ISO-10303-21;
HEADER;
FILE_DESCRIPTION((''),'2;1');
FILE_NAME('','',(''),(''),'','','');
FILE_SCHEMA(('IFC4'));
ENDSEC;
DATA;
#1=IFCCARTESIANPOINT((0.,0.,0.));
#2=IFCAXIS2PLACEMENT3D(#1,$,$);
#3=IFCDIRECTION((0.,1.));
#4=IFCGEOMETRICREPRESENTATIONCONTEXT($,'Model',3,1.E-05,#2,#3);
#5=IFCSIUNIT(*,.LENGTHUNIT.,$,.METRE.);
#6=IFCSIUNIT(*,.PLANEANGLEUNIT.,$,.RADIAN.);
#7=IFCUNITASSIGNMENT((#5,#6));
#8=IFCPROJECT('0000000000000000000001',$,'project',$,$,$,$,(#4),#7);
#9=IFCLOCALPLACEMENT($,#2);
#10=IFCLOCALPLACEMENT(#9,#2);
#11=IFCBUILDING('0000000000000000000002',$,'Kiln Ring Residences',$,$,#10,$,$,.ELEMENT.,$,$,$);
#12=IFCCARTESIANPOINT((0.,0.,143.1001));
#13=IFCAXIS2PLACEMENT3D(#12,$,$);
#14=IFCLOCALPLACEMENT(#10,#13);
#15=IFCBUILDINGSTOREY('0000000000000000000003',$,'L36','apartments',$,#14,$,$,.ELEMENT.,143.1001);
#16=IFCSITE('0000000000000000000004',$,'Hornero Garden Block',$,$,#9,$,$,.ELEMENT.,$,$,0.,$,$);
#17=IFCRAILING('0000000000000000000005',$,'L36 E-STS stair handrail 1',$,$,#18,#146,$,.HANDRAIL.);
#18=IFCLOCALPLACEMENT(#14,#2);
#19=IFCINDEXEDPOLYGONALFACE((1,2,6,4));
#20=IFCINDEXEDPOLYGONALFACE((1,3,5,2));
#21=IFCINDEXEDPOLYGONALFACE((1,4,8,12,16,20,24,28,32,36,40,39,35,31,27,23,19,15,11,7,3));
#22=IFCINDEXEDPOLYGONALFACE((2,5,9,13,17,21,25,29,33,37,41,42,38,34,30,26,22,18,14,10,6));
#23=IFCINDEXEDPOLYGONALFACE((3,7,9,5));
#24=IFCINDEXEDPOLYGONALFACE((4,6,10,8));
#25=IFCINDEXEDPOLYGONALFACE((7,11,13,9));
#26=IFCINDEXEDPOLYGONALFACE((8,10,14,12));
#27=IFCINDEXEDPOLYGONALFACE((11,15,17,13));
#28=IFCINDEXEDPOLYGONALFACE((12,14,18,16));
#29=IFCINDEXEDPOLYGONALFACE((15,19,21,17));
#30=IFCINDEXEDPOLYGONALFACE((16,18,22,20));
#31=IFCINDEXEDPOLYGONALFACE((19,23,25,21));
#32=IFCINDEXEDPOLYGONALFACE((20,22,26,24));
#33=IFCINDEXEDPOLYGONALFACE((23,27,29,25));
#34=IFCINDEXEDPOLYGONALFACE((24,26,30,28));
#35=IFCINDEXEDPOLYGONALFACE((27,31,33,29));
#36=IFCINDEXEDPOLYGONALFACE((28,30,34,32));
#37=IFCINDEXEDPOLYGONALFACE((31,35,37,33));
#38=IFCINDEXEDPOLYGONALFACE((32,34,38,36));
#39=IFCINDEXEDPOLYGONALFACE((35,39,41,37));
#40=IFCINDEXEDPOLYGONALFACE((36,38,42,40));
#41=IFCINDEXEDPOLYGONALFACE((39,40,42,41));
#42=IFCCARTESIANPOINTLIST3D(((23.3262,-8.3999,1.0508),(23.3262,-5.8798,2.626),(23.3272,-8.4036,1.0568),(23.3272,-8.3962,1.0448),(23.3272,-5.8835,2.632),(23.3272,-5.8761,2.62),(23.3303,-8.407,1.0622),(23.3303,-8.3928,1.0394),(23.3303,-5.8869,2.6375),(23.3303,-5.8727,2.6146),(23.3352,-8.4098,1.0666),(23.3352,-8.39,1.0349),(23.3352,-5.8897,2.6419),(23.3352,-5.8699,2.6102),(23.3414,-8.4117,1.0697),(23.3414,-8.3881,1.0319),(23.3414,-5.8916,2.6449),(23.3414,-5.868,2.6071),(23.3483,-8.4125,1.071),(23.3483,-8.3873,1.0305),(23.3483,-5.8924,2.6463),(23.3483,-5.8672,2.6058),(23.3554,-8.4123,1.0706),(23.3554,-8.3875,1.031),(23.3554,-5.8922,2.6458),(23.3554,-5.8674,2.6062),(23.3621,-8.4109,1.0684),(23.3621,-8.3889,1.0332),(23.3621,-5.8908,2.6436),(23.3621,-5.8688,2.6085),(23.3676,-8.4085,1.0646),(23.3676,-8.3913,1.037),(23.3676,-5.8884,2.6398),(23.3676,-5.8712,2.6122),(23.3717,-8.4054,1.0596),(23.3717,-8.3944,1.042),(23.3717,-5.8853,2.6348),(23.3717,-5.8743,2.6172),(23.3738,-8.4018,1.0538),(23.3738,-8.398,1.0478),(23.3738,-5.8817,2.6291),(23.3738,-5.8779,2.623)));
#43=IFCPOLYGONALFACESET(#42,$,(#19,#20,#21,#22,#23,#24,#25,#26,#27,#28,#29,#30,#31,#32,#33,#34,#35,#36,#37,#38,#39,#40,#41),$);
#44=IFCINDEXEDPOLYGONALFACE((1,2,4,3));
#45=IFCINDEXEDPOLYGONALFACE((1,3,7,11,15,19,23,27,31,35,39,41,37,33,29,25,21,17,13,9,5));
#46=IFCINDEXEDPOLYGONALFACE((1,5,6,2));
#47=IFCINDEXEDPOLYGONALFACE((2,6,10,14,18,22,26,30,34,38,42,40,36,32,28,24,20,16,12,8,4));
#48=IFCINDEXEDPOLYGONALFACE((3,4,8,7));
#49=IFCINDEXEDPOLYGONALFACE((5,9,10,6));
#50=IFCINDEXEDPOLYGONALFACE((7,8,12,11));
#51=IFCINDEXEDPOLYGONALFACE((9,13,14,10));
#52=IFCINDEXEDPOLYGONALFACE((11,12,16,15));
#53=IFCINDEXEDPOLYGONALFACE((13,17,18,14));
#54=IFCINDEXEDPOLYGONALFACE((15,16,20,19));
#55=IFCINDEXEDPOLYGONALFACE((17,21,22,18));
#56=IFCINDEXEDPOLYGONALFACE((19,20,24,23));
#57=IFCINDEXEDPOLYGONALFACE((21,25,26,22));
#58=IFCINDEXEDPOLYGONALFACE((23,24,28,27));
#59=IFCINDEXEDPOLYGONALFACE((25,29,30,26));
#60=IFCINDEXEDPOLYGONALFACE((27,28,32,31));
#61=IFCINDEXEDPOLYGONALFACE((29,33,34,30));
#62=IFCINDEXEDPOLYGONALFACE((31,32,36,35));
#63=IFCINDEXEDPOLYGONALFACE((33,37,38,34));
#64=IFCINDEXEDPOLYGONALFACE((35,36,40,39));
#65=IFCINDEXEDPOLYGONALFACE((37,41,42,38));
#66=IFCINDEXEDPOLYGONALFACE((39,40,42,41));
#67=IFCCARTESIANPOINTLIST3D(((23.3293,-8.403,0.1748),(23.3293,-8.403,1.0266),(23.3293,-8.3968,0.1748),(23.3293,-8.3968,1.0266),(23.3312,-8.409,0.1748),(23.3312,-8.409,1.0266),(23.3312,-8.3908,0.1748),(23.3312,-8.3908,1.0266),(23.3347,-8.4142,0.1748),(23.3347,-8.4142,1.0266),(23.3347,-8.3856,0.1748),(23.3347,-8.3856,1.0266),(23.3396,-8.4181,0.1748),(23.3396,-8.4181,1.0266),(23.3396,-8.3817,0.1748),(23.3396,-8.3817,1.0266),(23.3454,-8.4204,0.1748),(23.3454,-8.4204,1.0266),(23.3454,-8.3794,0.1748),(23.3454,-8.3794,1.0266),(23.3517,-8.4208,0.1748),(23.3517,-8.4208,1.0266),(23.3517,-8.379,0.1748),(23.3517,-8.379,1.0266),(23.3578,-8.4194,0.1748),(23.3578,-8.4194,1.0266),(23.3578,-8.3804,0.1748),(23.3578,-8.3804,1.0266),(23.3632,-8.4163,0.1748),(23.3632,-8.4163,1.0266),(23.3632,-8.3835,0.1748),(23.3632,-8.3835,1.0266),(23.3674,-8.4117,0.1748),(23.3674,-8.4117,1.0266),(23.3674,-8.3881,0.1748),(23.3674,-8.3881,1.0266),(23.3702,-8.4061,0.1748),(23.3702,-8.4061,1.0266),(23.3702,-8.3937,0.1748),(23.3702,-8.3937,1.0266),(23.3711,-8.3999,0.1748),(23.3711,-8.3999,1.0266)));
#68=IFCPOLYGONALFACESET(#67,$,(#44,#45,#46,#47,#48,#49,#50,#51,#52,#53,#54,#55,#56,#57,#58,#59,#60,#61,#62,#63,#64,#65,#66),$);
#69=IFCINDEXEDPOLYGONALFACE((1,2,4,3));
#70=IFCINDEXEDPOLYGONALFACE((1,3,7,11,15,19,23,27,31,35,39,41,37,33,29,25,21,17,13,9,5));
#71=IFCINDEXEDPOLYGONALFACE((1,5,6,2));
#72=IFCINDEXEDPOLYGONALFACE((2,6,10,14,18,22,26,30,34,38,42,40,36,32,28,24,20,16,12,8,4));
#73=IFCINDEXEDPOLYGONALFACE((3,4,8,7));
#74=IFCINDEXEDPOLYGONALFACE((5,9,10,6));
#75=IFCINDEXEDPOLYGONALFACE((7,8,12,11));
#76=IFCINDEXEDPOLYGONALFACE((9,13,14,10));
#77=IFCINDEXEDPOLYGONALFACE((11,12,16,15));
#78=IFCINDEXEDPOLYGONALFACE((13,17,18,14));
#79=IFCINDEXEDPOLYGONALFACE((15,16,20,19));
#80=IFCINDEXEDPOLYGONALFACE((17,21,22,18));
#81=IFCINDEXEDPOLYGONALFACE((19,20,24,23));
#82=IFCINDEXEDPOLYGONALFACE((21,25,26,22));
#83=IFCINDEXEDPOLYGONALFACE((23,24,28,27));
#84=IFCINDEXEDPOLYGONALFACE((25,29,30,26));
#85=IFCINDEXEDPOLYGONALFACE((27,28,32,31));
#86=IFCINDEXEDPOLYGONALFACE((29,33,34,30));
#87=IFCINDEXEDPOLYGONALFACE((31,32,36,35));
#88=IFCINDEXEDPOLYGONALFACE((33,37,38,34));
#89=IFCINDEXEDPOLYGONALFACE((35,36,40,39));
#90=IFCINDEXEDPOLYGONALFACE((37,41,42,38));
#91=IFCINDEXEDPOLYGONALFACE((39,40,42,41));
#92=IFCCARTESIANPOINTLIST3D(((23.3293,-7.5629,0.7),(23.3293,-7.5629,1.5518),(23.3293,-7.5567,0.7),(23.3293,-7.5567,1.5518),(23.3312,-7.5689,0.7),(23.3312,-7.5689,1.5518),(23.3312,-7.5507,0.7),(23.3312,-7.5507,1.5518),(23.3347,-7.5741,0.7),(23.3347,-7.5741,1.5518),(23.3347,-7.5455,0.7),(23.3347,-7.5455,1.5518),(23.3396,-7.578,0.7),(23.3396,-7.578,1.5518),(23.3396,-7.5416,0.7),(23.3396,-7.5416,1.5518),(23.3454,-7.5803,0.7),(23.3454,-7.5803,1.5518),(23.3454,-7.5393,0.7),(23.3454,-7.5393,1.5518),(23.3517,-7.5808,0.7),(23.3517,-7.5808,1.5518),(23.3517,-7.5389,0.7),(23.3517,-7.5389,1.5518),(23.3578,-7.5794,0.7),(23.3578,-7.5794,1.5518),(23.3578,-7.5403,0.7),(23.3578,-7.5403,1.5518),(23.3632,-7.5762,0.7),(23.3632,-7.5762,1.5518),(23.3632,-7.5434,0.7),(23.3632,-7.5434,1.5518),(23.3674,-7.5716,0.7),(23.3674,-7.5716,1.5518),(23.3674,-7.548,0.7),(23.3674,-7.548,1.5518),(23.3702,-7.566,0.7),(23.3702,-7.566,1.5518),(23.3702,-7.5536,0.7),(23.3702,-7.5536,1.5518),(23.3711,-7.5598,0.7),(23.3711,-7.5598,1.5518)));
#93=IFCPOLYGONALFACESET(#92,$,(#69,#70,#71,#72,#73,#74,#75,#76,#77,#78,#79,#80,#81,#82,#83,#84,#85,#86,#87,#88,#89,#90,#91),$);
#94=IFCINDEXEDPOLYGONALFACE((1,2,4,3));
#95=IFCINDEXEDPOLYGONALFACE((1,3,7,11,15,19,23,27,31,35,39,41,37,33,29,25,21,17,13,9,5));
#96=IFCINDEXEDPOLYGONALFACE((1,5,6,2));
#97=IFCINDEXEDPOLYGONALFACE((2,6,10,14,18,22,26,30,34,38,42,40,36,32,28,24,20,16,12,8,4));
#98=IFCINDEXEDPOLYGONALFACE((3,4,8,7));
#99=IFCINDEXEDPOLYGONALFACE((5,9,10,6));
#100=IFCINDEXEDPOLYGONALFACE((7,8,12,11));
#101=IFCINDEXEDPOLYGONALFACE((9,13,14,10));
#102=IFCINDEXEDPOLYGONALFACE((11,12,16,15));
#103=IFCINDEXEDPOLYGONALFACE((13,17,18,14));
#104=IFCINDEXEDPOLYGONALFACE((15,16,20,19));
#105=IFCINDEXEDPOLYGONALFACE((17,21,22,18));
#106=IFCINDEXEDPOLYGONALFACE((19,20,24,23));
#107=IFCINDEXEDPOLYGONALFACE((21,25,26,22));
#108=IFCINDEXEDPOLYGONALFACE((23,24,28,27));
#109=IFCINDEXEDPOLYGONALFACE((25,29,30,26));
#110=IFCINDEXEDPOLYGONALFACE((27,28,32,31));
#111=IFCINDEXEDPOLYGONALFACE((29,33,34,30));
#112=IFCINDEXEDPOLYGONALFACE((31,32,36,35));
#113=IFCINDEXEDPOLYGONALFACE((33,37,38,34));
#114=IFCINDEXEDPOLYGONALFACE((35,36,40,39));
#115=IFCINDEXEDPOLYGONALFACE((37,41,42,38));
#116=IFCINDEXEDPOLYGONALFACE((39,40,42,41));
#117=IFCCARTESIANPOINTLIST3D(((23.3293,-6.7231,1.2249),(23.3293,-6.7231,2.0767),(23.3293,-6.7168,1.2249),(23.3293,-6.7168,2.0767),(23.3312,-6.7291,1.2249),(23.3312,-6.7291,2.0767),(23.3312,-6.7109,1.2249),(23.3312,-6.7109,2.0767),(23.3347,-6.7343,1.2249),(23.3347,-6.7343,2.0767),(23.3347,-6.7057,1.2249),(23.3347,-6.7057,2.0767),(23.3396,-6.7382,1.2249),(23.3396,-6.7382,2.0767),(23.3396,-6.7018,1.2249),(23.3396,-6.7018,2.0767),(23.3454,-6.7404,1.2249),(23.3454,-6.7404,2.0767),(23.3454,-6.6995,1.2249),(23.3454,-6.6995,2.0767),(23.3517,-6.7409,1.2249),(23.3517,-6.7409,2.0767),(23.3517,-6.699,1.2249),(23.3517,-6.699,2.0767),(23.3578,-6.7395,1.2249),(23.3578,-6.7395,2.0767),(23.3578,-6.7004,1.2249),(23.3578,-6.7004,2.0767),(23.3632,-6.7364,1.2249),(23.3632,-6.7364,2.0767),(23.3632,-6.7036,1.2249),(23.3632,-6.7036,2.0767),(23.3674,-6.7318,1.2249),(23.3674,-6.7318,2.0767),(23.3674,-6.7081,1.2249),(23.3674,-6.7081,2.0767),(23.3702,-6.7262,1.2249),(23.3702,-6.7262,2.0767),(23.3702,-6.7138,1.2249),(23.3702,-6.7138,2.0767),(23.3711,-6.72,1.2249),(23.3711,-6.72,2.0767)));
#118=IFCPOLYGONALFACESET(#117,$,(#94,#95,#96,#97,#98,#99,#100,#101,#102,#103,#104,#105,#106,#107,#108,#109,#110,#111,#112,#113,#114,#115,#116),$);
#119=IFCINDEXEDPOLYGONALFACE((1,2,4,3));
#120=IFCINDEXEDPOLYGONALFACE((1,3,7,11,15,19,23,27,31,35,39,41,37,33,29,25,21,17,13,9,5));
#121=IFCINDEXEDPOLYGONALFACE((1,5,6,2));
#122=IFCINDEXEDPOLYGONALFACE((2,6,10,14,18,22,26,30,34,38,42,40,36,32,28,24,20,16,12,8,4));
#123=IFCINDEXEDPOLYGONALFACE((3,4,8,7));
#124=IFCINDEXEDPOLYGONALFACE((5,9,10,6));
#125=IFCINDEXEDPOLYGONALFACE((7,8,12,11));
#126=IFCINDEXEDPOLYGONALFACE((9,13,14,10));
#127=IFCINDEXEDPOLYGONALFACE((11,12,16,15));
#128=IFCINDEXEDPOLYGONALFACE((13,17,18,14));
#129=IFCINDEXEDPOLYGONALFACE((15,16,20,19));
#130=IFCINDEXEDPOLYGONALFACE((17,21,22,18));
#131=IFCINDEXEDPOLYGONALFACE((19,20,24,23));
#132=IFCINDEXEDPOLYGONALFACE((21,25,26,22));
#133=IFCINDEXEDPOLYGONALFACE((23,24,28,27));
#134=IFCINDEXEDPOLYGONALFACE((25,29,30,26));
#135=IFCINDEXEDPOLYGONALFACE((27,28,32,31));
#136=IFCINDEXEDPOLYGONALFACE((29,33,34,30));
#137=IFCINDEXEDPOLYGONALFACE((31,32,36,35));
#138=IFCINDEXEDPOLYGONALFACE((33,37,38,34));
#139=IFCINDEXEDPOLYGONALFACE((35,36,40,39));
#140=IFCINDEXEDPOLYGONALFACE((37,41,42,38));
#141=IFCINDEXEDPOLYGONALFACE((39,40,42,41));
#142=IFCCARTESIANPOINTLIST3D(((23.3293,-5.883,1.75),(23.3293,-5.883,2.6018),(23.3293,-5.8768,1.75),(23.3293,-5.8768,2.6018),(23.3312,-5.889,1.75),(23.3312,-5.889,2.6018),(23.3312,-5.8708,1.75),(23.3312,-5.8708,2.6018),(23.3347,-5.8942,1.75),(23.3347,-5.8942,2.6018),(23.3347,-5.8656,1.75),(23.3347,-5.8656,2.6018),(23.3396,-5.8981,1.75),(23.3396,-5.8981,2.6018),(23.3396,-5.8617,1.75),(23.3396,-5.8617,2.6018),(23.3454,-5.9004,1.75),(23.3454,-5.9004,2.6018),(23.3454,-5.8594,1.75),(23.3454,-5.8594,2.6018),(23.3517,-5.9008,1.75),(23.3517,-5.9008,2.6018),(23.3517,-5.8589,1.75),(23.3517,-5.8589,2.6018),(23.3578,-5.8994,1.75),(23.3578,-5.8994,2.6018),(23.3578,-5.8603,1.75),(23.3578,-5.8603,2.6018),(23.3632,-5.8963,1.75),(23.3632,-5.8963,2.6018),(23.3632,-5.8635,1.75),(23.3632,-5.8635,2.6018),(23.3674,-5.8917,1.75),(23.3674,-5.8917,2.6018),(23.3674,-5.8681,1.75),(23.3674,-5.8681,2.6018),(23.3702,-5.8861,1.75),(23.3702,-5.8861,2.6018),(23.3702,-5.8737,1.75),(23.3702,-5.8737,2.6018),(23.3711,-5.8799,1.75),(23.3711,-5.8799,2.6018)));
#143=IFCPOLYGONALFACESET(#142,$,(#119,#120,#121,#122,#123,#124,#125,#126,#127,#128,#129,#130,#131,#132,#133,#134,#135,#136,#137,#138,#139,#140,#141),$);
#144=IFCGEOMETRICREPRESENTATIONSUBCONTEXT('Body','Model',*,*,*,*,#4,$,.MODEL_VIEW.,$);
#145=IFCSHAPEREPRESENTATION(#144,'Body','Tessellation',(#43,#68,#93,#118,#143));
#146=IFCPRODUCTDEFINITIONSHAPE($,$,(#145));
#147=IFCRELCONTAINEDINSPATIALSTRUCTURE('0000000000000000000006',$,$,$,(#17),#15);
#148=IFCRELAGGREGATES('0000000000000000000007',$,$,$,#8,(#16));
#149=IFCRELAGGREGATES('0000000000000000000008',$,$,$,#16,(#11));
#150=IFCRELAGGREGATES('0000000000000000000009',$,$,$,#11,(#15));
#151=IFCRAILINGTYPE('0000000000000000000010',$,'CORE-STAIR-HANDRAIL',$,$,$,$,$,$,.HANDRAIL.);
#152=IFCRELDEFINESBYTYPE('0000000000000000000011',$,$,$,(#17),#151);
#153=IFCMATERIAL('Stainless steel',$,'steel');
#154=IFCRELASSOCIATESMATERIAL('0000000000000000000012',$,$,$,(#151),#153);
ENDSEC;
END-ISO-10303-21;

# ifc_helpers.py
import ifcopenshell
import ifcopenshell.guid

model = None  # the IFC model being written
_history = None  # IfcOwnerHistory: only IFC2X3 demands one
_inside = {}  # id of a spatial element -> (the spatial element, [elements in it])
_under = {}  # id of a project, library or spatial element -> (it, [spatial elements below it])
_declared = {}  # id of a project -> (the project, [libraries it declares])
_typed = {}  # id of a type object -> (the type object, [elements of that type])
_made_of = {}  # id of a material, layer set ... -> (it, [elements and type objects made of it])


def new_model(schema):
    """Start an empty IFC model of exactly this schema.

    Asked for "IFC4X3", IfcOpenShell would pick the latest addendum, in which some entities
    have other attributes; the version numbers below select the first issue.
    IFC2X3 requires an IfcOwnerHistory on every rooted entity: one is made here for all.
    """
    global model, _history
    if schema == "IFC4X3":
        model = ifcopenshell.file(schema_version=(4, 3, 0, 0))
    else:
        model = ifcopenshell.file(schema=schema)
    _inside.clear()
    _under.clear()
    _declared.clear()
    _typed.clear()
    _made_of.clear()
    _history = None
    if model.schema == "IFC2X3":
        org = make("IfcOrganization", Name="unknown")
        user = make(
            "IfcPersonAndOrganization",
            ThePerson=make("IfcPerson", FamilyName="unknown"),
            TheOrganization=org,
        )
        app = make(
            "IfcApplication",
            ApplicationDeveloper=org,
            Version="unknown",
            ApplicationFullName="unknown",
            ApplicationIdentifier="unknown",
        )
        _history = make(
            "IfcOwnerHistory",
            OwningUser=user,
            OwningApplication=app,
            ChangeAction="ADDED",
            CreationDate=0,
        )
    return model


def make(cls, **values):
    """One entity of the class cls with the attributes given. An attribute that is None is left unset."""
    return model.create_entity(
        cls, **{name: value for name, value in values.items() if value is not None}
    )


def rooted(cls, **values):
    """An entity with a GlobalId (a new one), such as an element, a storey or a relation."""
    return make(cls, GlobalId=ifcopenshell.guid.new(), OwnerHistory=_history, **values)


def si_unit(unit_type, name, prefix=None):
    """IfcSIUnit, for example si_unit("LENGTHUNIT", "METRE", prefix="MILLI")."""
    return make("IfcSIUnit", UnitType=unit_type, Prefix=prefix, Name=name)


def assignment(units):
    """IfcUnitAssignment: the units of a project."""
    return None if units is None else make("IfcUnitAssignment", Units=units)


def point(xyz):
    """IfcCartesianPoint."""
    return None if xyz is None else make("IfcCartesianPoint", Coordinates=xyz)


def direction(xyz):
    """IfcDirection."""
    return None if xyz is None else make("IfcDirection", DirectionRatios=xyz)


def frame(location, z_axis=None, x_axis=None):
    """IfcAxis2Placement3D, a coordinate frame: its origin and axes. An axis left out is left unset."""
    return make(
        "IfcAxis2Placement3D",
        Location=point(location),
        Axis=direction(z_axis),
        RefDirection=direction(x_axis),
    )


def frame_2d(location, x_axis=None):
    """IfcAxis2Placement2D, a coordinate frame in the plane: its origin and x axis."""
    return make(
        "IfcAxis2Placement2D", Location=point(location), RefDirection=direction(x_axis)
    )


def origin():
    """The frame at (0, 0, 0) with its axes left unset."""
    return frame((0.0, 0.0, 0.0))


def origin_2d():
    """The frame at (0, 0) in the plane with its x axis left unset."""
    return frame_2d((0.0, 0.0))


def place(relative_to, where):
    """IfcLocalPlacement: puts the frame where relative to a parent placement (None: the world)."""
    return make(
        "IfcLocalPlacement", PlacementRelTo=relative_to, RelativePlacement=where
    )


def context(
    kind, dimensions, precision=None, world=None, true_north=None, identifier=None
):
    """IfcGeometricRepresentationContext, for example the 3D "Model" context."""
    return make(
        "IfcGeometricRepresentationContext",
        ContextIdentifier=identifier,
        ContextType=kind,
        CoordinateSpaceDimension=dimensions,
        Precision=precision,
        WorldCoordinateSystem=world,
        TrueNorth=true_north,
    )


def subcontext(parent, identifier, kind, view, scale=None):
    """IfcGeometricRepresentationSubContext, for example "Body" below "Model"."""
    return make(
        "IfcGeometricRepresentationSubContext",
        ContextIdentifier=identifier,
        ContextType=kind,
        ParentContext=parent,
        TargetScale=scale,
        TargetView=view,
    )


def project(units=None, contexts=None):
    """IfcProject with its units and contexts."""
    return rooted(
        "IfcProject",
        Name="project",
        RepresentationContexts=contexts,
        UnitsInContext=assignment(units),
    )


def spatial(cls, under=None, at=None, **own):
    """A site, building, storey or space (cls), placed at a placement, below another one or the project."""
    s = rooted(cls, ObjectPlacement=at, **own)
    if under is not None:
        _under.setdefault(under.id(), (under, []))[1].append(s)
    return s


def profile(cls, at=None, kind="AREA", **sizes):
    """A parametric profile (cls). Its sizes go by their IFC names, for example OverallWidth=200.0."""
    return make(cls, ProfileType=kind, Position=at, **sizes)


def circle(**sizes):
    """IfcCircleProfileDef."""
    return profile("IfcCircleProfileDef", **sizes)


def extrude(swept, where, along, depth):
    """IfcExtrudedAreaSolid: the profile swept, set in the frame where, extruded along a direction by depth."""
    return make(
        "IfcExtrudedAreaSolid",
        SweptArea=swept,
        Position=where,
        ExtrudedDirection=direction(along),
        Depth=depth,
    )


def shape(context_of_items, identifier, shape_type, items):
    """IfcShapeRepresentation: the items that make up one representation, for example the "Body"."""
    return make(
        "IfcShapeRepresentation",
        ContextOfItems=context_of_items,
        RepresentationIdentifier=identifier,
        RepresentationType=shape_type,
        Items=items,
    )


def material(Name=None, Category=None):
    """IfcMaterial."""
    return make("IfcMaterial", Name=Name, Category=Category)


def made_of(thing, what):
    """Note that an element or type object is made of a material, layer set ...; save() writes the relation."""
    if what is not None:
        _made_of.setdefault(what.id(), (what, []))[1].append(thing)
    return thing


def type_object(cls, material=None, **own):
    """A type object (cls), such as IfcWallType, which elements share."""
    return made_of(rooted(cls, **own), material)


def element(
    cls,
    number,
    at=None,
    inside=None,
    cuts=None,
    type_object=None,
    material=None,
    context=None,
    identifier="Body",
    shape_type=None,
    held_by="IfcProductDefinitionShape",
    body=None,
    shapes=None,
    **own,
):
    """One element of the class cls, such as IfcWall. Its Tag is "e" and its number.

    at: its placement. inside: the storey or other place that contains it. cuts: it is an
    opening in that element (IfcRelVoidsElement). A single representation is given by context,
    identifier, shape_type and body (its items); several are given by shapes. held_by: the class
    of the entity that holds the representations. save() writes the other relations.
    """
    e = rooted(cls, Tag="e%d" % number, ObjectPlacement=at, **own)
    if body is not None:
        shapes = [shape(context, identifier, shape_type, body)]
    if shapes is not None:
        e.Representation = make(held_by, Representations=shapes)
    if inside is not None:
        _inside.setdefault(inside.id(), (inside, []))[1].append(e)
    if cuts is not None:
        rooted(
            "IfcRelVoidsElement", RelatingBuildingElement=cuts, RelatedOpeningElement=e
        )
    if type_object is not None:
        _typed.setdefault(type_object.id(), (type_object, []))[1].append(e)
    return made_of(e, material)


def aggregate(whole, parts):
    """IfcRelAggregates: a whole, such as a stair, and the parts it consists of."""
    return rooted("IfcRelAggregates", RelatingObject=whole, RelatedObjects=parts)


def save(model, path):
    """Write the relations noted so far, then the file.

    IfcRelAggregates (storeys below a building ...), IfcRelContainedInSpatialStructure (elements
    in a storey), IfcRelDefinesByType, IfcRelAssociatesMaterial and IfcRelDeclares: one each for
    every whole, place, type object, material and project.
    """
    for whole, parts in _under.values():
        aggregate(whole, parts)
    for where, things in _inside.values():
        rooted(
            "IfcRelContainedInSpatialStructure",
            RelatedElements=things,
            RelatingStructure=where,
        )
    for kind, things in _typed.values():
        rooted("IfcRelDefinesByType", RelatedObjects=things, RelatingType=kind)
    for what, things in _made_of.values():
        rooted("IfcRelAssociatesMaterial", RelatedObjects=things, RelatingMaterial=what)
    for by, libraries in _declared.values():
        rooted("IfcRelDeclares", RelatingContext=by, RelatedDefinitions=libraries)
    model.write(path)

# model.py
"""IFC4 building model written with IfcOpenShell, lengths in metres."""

from ifc_helpers import new_model, si_unit, direction, frame, origin, origin_2d, place, context, subcontext, project, spatial, circle, extrude, material, type_object, element, save


model = new_model("IFC4")

# Units and contexts
model_context = context("Model", 3, precision=1e-05, world=origin(), true_north=direction((0.0, 1.0)))
body_context = subcontext(model_context, "Body", "Model", "MODEL_VIEW")
ifc_project = project(units=[si_unit("LENGTHUNIT", "METRE"), si_unit("PLANEANGLEUNIT", "RADIAN")], contexts=[model_context])

# Site, building, storey
site_placement = place(None, origin())
site = spatial("IfcSite", under=ifc_project, at=site_placement, Name="Hornero Garden Block", CompositionType="ELEMENT", RefElevation=0.0)
building_placement = place(site_placement, origin())
building = spatial("IfcBuilding", under=site, at=building_placement, Name="Kiln Ring Residences", CompositionType="ELEMENT")
storey_placement = place(building_placement, frame((0.0, 0.0, 143.1001)))
storey = spatial("IfcBuildingStorey", under=building, at=storey_placement, Name="L36", Description="apartments", CompositionType="ELEMENT", Elevation=143.1001)

# Railing
ifc_material_1 = material(Name="Stainless steel", Category="steel")
railing_type_1 = type_object("IfcRailingType", Name="CORE-STAIR-HANDRAIL", PredefinedType="HANDRAIL", material=ifc_material_1)
railing_1_placement = place(storey_placement, frame((23.3501, -8.3999, 0.1748)))
element("IfcRailing", 1, at=railing_1_placement, inside=storey, type_object=railing_type_1, Name="L36 E-STS stair handrail 1", PredefinedType="HANDRAIL", context=body_context, shape_type="SweptSolid", body=[
    extrude(circle(Radius=0.0239, at=origin_2d()), frame((0.0, 0.0, 0.876), z_axis=(0.0, 0.847971, 0.530043), x_axis=(-1.0, 0.0, 0.0)), (0.0, 0.0, 1.0), 2.9719),
    extrude(circle(Radius=0.021, at=origin_2d()), origin(), (0.0, 0.0, 1.0), 0.8518),
    extrude(circle(Radius=0.021, at=origin_2d()), frame((0.0, 0.8401, 0.5251)), (0.0, 0.0, 1.0), 0.8518),
    extrude(circle(Radius=0.021, at=origin_2d()), frame((0.0, 1.6799, 1.05)), (0.0, 0.0, 1.0), 0.8518),
    extrude(circle(Radius=0.021, at=origin_2d()), frame((0.0, 2.52, 1.5752)), (0.0, 0.0, 1.0), 0.8518),
])

save(model, "model.ifc")
